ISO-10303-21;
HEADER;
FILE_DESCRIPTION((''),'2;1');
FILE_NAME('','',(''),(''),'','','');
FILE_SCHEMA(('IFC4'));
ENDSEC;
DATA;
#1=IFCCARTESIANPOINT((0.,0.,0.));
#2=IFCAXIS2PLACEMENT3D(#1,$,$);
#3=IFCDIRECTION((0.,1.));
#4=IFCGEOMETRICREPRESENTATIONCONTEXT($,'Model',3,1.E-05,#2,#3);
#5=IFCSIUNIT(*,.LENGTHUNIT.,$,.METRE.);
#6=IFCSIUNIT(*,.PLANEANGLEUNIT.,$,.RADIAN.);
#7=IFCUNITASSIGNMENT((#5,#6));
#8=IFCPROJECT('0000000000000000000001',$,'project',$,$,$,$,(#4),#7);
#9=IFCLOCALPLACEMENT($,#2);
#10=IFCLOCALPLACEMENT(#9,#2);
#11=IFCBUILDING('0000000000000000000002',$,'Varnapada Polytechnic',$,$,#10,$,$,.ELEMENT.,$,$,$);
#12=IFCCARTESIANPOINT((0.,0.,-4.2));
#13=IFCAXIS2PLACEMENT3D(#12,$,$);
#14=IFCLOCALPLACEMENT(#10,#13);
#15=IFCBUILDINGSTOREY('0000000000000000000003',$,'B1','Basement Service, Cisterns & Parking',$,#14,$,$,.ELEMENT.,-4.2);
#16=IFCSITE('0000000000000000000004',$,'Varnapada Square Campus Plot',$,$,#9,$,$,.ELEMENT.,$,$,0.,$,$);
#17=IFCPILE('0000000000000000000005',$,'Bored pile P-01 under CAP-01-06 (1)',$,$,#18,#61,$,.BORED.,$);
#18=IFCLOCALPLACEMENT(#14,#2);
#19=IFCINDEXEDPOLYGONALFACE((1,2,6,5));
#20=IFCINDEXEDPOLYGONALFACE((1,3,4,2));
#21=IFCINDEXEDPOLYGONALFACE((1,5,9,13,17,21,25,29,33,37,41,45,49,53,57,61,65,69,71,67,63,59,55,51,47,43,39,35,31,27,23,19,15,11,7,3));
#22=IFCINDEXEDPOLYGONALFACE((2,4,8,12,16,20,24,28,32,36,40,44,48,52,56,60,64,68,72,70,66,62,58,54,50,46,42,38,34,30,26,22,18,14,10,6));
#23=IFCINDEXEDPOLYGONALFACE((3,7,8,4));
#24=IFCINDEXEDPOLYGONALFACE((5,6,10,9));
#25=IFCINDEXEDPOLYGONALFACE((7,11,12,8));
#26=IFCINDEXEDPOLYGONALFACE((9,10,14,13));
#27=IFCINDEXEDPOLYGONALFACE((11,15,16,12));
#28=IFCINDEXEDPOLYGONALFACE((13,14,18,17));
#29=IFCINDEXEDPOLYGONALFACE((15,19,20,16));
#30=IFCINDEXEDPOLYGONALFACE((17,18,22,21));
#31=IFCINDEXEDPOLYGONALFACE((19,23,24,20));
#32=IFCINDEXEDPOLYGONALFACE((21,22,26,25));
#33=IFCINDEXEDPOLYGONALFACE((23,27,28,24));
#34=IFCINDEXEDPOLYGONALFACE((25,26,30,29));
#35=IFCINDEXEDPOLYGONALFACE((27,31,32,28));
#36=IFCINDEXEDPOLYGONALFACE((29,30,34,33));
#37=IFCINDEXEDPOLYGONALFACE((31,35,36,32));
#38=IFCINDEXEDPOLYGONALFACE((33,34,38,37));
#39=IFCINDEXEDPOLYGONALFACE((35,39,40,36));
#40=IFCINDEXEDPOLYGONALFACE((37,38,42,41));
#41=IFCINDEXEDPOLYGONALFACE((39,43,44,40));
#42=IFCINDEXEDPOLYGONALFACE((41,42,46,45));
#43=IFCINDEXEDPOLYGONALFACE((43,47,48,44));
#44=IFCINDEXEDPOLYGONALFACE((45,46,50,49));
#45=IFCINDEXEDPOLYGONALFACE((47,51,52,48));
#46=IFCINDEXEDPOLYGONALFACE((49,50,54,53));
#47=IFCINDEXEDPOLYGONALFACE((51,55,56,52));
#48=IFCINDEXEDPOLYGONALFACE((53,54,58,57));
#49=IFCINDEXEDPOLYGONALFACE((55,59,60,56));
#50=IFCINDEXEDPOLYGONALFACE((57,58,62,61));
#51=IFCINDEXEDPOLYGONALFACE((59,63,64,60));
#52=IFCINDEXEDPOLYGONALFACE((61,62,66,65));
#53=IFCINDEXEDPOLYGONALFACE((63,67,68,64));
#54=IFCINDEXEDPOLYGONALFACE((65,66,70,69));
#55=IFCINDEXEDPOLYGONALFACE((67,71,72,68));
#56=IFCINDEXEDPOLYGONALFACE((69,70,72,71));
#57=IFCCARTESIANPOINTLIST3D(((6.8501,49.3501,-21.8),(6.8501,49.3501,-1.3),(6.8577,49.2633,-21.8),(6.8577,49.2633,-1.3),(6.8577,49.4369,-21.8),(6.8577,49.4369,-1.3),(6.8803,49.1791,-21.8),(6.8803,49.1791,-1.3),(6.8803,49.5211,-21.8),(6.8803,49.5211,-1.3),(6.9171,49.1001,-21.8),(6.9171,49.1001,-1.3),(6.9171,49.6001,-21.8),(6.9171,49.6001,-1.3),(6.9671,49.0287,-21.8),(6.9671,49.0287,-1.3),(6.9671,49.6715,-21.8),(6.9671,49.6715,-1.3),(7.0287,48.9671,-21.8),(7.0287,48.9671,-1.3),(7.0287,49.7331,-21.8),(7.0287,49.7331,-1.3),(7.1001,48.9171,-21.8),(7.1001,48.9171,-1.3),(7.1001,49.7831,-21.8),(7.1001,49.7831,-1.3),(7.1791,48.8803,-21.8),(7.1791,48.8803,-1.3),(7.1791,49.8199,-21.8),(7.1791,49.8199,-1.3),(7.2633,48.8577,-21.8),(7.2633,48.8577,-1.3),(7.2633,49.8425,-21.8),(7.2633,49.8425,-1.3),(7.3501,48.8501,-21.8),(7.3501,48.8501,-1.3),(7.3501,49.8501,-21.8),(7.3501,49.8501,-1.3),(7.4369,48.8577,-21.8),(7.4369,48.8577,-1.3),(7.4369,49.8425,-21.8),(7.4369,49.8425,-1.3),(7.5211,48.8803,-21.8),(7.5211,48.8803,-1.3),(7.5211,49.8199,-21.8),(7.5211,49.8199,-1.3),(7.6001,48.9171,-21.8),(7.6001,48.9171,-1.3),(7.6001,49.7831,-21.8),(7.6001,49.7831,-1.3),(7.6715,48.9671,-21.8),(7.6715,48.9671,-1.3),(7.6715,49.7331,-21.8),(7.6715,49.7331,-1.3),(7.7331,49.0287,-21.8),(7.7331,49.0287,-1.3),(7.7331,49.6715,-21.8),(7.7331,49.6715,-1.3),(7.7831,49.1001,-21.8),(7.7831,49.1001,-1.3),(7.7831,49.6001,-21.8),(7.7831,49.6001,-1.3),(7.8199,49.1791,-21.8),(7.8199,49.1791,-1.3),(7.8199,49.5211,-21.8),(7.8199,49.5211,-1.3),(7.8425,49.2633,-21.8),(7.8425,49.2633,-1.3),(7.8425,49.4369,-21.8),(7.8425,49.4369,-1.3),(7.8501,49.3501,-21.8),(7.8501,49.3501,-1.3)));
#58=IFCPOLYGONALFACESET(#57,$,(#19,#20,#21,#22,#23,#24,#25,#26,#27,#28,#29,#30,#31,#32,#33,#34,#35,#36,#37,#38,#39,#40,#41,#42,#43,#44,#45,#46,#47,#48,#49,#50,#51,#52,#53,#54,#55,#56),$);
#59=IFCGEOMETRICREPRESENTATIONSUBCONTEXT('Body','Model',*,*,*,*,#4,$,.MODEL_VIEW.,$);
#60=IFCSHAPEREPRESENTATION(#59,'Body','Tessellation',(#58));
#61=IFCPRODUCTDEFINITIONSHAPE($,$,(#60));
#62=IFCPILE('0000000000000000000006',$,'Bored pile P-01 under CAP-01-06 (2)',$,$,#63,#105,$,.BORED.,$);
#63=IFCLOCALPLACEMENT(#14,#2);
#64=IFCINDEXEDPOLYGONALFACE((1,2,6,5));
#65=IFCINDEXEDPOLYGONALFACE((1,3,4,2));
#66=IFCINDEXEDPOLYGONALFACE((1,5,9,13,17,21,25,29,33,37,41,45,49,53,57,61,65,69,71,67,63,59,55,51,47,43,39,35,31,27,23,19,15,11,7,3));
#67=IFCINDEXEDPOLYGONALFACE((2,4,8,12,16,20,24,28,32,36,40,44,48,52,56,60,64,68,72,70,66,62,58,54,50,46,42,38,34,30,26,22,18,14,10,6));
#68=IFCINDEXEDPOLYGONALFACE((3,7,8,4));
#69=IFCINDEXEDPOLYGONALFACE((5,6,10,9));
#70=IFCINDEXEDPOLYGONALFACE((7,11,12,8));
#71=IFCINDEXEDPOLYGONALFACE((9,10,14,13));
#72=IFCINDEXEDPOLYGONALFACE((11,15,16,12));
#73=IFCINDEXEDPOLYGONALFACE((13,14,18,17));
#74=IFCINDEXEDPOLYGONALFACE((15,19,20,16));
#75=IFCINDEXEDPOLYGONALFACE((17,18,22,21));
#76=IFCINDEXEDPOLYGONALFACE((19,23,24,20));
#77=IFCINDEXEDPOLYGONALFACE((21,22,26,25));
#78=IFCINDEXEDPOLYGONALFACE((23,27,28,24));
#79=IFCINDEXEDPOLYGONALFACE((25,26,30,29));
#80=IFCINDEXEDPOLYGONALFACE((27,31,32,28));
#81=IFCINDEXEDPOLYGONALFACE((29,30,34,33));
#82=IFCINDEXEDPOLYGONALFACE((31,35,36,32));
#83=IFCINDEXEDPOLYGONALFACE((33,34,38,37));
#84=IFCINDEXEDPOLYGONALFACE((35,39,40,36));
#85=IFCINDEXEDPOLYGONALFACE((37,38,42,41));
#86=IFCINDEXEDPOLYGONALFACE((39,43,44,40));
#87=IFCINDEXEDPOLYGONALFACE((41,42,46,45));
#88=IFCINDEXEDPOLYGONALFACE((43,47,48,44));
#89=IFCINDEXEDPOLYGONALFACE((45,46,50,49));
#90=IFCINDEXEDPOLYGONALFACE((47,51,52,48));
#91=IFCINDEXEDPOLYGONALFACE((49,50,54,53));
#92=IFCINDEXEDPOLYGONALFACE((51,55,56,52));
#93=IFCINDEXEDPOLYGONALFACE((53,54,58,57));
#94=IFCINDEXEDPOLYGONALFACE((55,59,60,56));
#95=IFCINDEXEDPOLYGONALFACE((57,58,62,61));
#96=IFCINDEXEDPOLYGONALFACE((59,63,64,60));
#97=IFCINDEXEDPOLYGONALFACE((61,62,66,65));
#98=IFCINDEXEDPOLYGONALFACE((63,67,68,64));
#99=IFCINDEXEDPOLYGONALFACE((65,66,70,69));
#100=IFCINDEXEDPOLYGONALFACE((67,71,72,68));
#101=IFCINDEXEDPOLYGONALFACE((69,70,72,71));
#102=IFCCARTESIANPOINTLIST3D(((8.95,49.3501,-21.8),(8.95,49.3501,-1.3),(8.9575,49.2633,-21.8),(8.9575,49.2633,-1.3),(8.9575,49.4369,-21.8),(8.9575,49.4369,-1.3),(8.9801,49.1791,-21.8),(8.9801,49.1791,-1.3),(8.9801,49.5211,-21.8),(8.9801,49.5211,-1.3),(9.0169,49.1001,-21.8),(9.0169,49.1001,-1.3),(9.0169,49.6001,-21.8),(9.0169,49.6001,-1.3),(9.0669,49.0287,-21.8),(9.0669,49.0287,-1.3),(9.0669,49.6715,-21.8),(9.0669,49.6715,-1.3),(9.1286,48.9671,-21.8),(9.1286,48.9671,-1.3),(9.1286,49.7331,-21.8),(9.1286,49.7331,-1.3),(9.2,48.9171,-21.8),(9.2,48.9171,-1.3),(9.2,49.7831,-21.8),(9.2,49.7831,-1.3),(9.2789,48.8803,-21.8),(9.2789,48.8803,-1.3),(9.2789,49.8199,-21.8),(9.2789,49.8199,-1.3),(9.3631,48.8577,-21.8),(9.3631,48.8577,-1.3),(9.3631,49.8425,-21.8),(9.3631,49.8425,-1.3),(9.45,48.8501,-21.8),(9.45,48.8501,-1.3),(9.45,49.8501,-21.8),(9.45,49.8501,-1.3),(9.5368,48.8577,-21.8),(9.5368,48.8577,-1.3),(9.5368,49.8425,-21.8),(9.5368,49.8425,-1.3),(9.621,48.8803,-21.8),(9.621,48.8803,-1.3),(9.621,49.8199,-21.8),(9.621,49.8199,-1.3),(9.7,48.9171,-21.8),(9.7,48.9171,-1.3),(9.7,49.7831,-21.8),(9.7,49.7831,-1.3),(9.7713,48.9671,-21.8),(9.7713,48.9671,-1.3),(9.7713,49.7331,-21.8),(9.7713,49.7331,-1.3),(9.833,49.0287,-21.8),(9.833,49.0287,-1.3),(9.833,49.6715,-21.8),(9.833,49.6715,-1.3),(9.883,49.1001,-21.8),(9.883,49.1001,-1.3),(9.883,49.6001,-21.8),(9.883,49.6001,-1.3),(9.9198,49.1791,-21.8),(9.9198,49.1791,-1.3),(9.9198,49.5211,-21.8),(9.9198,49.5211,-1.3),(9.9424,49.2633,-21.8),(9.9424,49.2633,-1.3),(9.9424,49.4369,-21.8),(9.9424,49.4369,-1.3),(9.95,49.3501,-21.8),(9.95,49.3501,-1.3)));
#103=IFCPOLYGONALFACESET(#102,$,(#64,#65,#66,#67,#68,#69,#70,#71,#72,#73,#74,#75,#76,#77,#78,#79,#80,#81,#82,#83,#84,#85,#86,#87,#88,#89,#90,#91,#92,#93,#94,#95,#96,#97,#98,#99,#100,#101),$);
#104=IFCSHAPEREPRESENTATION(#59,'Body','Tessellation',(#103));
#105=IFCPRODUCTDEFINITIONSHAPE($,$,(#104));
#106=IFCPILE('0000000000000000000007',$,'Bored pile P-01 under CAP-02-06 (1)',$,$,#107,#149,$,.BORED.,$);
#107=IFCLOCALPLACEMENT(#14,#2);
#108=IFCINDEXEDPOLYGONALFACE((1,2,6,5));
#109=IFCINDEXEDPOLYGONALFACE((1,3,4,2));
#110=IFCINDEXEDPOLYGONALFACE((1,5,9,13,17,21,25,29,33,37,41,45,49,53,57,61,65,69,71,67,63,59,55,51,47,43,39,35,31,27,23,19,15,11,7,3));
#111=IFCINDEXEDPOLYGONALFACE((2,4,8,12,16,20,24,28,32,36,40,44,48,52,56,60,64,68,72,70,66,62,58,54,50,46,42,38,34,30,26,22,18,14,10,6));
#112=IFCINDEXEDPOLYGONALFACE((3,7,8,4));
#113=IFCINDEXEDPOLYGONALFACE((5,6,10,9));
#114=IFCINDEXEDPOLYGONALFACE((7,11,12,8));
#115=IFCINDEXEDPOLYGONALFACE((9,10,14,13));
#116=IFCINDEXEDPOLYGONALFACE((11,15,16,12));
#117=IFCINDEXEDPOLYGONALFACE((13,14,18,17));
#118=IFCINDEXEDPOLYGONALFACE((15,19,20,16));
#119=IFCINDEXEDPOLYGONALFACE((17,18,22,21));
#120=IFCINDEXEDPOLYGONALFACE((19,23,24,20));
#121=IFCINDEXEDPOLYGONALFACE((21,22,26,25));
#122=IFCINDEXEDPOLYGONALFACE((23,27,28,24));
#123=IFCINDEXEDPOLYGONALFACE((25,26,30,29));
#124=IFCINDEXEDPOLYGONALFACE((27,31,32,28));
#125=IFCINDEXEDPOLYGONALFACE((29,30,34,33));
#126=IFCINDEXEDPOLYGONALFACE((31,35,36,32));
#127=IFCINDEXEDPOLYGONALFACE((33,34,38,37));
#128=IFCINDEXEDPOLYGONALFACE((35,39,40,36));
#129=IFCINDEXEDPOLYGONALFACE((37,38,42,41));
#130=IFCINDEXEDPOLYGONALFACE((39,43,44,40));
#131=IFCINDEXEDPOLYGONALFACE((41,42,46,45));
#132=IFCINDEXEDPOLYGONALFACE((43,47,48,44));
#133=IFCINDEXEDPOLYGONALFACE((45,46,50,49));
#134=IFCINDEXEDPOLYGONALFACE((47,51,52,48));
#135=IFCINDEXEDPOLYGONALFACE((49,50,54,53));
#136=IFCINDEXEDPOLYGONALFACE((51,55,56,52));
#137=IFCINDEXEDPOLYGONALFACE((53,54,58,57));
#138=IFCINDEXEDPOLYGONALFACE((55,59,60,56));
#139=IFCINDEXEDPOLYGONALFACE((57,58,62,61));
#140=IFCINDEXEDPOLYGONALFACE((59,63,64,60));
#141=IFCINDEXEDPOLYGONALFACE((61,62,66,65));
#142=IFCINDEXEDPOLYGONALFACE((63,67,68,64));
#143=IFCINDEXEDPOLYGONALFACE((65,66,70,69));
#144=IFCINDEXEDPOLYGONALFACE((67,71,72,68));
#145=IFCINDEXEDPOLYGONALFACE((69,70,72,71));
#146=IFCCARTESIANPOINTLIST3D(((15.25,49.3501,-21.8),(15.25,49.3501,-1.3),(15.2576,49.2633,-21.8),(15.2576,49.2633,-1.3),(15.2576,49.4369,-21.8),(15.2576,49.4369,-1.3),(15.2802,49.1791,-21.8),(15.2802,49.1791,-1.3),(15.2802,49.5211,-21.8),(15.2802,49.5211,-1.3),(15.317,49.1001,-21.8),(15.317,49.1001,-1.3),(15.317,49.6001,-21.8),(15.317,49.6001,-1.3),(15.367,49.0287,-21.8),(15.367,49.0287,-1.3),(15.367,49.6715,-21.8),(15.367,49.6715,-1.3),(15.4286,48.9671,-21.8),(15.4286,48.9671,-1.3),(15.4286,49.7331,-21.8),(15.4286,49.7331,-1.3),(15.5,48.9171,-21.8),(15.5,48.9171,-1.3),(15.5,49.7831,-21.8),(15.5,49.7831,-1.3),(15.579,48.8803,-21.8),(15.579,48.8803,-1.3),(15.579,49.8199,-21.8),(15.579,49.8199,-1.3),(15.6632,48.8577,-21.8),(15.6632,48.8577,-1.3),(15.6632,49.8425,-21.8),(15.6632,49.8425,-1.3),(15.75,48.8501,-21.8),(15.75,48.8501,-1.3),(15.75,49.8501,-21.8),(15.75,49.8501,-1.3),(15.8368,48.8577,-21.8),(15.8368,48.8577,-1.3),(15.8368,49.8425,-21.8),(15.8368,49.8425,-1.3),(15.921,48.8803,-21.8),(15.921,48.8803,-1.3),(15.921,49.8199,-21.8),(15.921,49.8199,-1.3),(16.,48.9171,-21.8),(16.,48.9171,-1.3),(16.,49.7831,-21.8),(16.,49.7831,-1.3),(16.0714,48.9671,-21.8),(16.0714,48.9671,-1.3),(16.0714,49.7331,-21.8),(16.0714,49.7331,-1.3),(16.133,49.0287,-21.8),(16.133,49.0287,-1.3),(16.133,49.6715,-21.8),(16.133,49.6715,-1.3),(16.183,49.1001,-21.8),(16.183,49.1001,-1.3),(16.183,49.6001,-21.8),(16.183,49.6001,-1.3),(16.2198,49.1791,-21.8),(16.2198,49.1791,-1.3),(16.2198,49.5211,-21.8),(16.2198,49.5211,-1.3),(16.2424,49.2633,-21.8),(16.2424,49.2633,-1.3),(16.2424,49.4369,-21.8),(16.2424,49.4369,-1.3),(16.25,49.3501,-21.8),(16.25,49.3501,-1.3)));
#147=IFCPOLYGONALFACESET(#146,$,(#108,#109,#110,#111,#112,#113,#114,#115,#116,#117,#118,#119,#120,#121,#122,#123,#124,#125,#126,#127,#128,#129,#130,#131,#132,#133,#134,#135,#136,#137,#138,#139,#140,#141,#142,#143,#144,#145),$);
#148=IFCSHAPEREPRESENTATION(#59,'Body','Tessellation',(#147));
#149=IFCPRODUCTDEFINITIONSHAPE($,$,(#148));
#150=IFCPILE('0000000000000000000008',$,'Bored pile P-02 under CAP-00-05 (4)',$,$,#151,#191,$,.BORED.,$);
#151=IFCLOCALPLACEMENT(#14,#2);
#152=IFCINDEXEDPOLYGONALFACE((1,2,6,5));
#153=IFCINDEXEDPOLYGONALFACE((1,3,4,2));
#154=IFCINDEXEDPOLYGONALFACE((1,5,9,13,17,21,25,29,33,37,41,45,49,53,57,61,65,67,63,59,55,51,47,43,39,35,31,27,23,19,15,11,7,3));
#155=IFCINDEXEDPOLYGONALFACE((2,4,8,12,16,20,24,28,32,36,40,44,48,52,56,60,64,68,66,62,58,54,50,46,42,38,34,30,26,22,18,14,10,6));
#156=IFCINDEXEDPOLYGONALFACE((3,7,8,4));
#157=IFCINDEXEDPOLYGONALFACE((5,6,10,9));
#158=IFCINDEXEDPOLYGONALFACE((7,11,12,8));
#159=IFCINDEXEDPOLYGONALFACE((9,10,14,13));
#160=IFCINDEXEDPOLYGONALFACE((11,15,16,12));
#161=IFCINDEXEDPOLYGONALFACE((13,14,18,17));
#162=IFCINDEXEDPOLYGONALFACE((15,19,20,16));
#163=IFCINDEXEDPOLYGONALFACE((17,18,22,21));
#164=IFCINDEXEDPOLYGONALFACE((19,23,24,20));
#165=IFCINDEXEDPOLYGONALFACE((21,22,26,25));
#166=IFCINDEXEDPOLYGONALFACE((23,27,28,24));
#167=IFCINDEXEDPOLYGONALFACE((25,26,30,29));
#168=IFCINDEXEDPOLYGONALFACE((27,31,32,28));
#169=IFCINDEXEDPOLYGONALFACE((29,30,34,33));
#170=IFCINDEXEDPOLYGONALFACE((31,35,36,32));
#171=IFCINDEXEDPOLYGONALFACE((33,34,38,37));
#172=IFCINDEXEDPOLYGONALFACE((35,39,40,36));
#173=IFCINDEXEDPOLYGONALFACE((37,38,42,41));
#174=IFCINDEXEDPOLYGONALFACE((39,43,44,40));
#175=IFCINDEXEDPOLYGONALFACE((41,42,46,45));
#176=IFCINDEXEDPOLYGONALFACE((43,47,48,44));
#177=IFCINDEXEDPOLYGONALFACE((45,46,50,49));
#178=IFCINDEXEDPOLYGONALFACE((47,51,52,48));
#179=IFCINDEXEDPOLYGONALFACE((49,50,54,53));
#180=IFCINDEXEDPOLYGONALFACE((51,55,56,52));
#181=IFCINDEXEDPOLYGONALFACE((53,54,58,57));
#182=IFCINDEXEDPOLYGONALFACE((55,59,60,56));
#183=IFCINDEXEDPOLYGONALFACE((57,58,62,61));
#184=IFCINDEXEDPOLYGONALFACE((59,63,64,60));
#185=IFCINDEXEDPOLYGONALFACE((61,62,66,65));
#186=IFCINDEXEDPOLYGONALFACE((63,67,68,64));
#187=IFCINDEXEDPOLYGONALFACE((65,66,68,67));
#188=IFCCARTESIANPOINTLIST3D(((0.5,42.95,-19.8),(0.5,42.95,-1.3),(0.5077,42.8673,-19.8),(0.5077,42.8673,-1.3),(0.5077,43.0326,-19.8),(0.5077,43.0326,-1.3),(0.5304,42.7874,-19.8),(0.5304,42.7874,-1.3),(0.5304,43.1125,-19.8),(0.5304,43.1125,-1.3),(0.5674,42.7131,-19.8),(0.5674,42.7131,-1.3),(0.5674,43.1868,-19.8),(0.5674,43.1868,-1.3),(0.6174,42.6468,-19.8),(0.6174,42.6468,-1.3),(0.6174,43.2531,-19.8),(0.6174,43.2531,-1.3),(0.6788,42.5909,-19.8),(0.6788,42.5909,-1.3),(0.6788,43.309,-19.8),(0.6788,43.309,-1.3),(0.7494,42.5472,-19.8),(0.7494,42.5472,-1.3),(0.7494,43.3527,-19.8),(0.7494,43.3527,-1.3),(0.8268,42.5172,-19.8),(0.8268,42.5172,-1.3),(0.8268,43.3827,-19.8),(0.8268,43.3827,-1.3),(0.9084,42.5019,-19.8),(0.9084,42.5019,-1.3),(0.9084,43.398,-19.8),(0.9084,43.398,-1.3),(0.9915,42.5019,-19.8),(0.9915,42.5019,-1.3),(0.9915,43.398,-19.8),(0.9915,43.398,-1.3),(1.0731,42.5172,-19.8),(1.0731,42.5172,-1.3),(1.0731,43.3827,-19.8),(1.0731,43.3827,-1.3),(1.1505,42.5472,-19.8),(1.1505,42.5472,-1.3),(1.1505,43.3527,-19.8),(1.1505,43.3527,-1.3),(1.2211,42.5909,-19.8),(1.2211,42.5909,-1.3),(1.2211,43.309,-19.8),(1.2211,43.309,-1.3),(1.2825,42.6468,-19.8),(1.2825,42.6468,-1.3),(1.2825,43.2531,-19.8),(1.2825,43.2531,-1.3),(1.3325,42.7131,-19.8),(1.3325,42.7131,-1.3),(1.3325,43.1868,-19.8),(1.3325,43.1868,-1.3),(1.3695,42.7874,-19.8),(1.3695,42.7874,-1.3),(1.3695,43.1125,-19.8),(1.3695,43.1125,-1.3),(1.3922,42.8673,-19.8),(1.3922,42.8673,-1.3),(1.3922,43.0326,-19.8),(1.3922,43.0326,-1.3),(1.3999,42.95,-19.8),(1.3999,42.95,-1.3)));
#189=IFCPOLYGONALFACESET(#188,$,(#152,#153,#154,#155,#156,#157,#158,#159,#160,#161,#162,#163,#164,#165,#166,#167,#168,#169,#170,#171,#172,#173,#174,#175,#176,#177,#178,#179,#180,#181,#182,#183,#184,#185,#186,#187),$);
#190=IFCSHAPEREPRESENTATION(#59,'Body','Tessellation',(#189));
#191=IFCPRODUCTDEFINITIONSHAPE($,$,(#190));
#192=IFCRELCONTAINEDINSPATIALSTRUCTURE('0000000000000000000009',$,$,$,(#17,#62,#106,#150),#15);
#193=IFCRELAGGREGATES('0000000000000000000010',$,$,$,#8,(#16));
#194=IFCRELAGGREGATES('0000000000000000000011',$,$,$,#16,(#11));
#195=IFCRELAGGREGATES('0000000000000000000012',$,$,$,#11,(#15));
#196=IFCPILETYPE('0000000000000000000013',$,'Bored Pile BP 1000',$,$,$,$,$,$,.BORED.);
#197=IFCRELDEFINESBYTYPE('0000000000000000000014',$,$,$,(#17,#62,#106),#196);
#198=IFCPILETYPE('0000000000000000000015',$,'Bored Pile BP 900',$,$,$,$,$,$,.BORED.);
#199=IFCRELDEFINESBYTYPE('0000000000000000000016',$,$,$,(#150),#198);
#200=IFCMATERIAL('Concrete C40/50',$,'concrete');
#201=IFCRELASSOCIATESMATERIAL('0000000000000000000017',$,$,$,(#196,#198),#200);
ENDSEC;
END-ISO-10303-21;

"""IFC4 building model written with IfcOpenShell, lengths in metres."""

from ifc_helpers import new_model, si_unit, direction, frame, origin, origin_2d, place, context, subcontext, project, spatial, circle, extrude, material, material_profile, profile_set, type_object, element, save


model = new_model("IFC4")

# Units and contexts
model_context = context("Model", 3, precision=1e-05, world=origin(), true_north=direction((0.0, 1.0)))
body_context = subcontext(model_context, "Body", "Model", "MODEL_VIEW")
ifc_project = project(units=[si_unit("LENGTHUNIT", "METRE"), si_unit("PLANEANGLEUNIT", "RADIAN")], contexts=[model_context])

# Site, building, storey
site_placement = place(None, origin())
site = spatial("IfcSite", under=ifc_project, at=site_placement, Name="Varnapada Square Campus Plot", CompositionType="ELEMENT", RefElevation=0.0)
building_placement = place(site_placement, origin())
building = spatial("IfcBuilding", under=site, at=building_placement, Name="Varnapada Polytechnic", CompositionType="ELEMENT")
storey_placement = place(building_placement, frame((0.0, 0.0, -4.2)))
storey = spatial("IfcBuildingStorey", under=building, at=storey_placement, Name="B1", Description="Basement Service, Cisterns & Parking", CompositionType="ELEMENT", Elevation=-4.2)

# Piles
ifc_material_1 = material(Name="Concrete C40/50", Category="concrete")
ifc_material_profile_1 = material_profile(ifc_material_1, circle(Radius=0.5, at=origin_2d()), Name="BP 1000")
ifc_profile_set_1 = profile_set([ifc_material_profile_1], Name="Concrete C40/50")
pile_type_1 = type_object("IfcPileType", Name="Bored Pile BP 1000", PredefinedType="BORED", material=ifc_profile_set_1)
for number, where, z_axis, x_axis, name in (
    (1, (7.3501, 49.3501, -1.3), (0.0, 0.0, -1.0), (1.0, 0.0, 0.0), "Bored pile P-01 under CAP-01-06 (1)"),
    (2, (9.45, 49.3501, -1.3), (0.0, 0.0, -1.0), (1.0, 0.0, 0.0), "Bored pile P-01 under CAP-01-06 (2)"),
    (3, (15.75, 49.3501, -1.3), (0.0, 0.0, -1.0), (1.0, 0.0, 0.0), "Bored pile P-01 under CAP-02-06 (1)"),
):
    element("IfcPile", number, at=place(storey_placement, frame(where, z_axis=z_axis, x_axis=x_axis)), inside=storey, type_object=pile_type_1, Name=name, PredefinedType="BORED", context=body_context, shape_type="SweptSolid", body=[
        extrude(circle(Radius=0.5, at=origin_2d()), origin(), (0.0, 0.0, 1.0), 20.5),
    ])
ifc_material_profile_2 = material_profile(ifc_material_1, circle(Radius=0.45, at=origin_2d()), Name="BP 900")
ifc_profile_set_2 = profile_set([ifc_material_profile_2], Name="Concrete C40/50")
pile_type_2 = type_object("IfcPileType", Name="Bored Pile BP 900", PredefinedType="BORED", material=ifc_profile_set_2)
for number, where, z_axis, x_axis, name in (
    (4, (0.95, 42.95, -1.3), (0.0, 0.0, -1.0), (1.0, 0.0, 0.0), "Bored pile P-02 under CAP-00-05 (4)"),
):
    element("IfcPile", number, at=place(storey_placement, frame(where, z_axis=z_axis, x_axis=x_axis)), inside=storey, type_object=pile_type_2, Name=name, PredefinedType="BORED", context=body_context, shape_type="SweptSolid", body=[
        extrude(circle(Radius=0.45, at=origin_2d()), origin(), (0.0, 0.0, 1.0), 18.5),
    ])

save(model, "model.ifc")
